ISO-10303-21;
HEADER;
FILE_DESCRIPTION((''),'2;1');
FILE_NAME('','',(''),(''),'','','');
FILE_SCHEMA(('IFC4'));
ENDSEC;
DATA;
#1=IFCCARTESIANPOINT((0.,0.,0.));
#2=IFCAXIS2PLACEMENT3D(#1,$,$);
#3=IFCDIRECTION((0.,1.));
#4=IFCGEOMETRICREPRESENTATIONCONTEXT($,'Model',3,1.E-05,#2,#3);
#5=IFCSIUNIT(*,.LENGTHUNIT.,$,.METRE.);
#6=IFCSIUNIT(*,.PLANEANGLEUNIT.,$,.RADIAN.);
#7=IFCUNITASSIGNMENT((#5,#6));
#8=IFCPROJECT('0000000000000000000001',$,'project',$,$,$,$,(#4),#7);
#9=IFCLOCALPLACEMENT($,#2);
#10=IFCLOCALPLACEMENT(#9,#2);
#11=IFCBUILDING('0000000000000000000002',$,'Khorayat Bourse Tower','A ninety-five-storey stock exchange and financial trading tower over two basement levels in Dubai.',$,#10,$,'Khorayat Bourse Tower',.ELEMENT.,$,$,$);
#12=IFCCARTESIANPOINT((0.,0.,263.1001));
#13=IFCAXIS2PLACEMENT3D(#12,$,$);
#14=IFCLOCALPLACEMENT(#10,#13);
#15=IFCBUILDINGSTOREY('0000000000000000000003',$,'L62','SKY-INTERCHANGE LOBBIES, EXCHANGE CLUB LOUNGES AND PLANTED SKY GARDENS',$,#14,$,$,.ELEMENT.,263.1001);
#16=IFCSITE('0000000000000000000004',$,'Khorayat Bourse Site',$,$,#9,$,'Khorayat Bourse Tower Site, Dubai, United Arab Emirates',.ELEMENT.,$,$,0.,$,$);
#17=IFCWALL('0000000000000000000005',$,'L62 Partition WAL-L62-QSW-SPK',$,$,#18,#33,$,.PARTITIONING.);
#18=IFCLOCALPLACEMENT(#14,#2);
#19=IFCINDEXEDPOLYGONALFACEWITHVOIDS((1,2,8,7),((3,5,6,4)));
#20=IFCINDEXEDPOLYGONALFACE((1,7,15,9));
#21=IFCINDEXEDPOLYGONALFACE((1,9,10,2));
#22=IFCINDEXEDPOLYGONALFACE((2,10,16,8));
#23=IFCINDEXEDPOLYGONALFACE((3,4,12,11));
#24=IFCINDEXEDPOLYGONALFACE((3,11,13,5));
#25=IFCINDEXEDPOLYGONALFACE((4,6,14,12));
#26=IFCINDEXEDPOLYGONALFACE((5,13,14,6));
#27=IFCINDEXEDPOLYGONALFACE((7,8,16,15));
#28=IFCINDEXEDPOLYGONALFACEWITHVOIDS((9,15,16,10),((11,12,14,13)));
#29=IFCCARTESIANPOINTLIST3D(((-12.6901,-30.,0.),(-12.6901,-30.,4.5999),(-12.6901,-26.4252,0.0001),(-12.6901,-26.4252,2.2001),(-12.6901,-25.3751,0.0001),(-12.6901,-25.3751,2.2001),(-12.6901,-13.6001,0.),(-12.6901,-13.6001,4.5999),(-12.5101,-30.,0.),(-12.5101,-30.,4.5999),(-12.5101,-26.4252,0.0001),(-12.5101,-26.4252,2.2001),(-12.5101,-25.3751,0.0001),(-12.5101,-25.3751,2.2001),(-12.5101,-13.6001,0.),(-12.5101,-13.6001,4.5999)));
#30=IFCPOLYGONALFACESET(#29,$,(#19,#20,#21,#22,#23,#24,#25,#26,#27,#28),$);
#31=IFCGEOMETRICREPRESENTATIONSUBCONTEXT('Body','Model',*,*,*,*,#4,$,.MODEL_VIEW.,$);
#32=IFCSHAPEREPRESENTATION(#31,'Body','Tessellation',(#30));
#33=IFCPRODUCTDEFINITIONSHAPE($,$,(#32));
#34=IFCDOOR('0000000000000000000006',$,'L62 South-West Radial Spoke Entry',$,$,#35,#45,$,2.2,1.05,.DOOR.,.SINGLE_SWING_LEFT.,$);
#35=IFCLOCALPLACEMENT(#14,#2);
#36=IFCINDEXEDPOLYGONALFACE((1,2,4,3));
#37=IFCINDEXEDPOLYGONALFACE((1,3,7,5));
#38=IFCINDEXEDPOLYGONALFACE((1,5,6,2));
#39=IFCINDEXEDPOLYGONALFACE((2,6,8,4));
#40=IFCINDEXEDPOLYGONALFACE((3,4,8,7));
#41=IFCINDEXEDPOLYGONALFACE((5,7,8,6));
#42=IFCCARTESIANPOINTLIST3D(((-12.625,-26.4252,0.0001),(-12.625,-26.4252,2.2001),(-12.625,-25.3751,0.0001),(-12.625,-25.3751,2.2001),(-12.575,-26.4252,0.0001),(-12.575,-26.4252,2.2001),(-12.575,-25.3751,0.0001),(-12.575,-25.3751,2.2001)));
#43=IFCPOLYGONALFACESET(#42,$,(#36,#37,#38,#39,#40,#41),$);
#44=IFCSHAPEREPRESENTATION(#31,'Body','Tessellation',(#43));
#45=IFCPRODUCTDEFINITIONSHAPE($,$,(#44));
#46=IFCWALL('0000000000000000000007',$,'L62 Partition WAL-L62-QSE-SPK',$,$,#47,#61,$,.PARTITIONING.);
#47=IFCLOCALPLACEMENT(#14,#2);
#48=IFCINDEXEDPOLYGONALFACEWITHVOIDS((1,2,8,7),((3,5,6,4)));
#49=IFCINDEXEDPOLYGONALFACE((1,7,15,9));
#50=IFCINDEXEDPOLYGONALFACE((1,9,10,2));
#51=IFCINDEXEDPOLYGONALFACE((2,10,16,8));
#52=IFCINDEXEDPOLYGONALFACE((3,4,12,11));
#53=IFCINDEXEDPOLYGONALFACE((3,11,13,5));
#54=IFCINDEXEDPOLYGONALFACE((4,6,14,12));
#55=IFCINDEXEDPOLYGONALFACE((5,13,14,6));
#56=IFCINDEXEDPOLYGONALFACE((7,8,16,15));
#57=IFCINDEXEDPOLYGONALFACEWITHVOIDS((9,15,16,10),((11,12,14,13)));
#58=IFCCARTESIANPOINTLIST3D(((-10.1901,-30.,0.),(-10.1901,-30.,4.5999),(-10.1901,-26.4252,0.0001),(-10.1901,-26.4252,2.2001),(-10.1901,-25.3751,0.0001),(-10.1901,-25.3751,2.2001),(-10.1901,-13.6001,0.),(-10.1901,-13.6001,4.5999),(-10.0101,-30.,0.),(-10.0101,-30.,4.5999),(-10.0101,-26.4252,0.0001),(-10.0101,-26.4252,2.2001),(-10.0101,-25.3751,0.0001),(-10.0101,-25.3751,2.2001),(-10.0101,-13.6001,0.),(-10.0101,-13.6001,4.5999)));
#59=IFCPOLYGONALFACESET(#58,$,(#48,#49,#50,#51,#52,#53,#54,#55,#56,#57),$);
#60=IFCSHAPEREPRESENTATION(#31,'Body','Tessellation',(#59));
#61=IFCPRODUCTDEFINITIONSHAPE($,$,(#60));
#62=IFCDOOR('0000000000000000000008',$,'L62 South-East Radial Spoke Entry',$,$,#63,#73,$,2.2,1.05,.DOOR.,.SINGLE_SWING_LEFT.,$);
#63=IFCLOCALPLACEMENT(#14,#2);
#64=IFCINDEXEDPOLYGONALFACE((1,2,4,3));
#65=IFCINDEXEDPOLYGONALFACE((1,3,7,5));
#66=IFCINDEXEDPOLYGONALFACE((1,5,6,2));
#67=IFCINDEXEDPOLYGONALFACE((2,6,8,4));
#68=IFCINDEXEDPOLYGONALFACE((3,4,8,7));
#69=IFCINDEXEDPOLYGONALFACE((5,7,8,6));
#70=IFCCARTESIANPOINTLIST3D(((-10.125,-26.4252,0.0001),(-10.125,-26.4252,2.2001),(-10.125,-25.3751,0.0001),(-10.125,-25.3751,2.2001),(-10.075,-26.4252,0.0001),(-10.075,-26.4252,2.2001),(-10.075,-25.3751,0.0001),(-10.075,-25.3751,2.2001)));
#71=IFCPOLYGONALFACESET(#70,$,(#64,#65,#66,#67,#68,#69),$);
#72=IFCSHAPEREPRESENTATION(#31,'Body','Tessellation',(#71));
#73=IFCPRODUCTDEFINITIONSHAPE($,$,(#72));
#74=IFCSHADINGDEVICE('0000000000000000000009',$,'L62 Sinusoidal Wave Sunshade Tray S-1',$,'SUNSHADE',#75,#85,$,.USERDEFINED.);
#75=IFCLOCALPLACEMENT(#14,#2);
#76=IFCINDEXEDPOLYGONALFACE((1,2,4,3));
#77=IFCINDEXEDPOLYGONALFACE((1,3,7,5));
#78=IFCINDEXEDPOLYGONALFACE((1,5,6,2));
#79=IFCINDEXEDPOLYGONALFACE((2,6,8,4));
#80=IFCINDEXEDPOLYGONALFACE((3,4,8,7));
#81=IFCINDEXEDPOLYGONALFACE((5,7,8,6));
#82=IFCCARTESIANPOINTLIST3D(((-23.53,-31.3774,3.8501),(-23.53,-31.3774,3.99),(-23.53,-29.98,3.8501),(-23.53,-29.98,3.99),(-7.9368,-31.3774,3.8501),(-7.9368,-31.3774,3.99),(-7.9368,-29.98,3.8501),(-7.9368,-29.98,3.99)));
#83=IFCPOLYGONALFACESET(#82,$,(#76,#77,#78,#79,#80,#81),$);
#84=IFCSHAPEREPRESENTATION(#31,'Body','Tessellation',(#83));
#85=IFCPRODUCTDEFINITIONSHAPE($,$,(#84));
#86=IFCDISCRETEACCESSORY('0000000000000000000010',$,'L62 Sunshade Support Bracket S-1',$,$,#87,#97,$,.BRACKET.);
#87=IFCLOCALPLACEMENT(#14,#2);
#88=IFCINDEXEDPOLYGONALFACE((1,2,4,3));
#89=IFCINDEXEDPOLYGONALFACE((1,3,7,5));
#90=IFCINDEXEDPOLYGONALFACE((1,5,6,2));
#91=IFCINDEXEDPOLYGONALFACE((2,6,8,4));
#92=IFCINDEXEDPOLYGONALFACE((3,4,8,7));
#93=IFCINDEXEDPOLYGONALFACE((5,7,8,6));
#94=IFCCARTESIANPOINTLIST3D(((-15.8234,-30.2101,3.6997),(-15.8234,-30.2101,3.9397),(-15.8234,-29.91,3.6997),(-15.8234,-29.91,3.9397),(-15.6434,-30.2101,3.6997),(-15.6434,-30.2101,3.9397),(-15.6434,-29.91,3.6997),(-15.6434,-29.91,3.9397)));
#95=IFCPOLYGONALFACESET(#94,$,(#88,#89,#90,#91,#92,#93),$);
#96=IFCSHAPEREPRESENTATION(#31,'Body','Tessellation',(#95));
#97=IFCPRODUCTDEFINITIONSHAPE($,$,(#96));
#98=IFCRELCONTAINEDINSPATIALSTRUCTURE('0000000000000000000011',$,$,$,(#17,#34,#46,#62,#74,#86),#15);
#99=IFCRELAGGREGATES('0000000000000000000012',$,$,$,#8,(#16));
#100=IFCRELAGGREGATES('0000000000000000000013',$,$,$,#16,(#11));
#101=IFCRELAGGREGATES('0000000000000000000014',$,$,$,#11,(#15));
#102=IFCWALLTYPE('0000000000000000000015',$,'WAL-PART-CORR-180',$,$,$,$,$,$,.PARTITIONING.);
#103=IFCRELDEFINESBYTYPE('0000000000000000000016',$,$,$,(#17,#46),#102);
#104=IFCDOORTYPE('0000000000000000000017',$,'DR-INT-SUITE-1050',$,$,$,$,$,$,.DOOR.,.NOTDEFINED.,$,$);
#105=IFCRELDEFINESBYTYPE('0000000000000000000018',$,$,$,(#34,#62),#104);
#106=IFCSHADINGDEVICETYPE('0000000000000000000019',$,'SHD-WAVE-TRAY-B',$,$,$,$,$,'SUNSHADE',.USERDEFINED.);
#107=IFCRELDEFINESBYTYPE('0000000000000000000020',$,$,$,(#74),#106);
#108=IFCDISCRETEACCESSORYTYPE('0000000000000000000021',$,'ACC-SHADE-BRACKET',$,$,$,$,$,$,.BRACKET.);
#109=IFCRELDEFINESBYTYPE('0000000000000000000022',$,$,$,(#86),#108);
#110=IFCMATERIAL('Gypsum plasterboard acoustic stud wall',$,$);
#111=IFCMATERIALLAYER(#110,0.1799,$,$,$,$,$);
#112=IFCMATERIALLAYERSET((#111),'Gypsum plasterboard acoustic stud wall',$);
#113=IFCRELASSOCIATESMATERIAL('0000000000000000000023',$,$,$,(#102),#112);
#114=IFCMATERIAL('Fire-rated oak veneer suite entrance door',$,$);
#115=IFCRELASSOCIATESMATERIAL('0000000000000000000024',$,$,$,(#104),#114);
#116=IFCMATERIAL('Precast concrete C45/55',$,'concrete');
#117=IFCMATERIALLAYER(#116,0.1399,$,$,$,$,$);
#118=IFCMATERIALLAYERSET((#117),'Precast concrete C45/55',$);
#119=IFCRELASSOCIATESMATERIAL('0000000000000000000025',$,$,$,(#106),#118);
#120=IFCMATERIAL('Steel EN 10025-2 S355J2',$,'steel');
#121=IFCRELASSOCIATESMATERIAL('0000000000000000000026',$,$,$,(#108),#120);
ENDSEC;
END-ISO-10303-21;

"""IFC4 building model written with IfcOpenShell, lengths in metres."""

from ifc_helpers import new_model, si_unit, direction, frame, frame_2d, origin, origin_2d, place, context, subcontext, project, spatial, rectangle, extrude, source, transform, mapped, material, layer, layer_set, type_object, element, fill, save


model = new_model("IFC4")

# Units and contexts
model_context = context("Model", 3, precision=1e-05, world=origin(), true_north=direction((0.0, 1.0)))
body_context = subcontext(model_context, "Body", "Model", "MODEL_VIEW")
ifc_project = project(units=[si_unit("LENGTHUNIT", "METRE"), si_unit("PLANEANGLEUNIT", "RADIAN")], contexts=[model_context])

# Site, building, storey
site_placement = place(None, origin())
site = spatial("IfcSite", under=ifc_project, at=site_placement, Name="Khorayat Bourse Site", LongName="Khorayat Bourse Tower Site, Dubai, United Arab Emirates", CompositionType="ELEMENT", RefElevation=0.0)
building_placement = place(site_placement, origin())
building = spatial("IfcBuilding", under=site, at=building_placement, Name="Khorayat Bourse Tower", Description="A ninety-five-storey stock exchange and financial trading tower over two basement levels in Dubai.", LongName="Khorayat Bourse Tower", CompositionType="ELEMENT")
storey_placement = place(building_placement, frame((0.0, 0.0, 263.1001)))
storey = spatial("IfcBuildingStorey", under=building, at=storey_placement, Name="L62", Description="SKY-INTERCHANGE LOBBIES, EXCHANGE CLUB LOUNGES AND PLANTED SKY GARDENS", CompositionType="ELEMENT", Elevation=263.1001)

# Shared definitions
ifc_material_1 = material(Name="Steel EN 10025-2 S355J2", Category="steel")

# Walls, openings, doors
ifc_material_2 = material(Name="Precast concrete C45/55", Category="concrete")
ifc_material_3 = material(Name="Gypsum plasterboard acoustic stud wall")
ifc_layer_1 = layer(ifc_material_3, 0.1799)
ifc_layer_set_1 = layer_set([ifc_layer_1], Name="Gypsum plasterboard acoustic stud wall")
wall_type_1 = type_object("IfcWallType", Name="WAL-PART-CORR-180", PredefinedType="PARTITIONING", material=ifc_layer_set_1)
shared_shape_1 = source(origin(), body_context, "Body", "SweptSolid", [
    extrude(rectangle(XDim=16.3999, YDim=0.1799, at=frame_2d((8.2, 0.0))), origin(), (0.0, 0.0, 1.0), 4.5999),
])
wall_1_placement = place(storey_placement, frame((-12.6001, -30.0, 0.0), z_axis=(0.0, 0.0, 1.0), x_axis=(0.0, 1.0, 0.0)))
wall_1 = element("IfcWall", 1, at=wall_1_placement, inside=storey, type_object=wall_type_1, Name="L62 Partition WAL-L62-QSW-SPK", PredefinedType="PARTITIONING", context=body_context, shape_type="MappedRepresentation", body=[
    mapped(shared_shape_1, transform((0.0, 0.0, 0.0), scale=1.0)),
])
shared_shape_2 = source(origin(), body_context, "Body", "SweptSolid", [
    extrude(rectangle(XDim=1.05, YDim=2.2, at=frame_2d((0.5249, 1.1001))), frame((0.0, 0.0999, 0.0), z_axis=(0.0, -1.0, 0.0), x_axis=(1.0, 0.0, 0.0)), (0.0, 0.0, 1.0), 0.2),
])
opening_1_placement = place(wall_1_placement, frame((3.575, 0.0, 0.0)))
opening_1 = element("IfcOpeningElement", 2, at=opening_1_placement, cuts=wall_1, PredefinedType="OPENING", context=body_context, shape_type="MappedRepresentation", body=[
    mapped(shared_shape_2, transform((0.0, 0.0, 0.0), scale=1.0)),
])
ifc_material_4 = material(Name="Fire-rated oak veneer suite entrance door")
door_type_1 = type_object("IfcDoorType", Name="DR-INT-SUITE-1050", OperationType="NOTDEFINED", PredefinedType="DOOR", material=ifc_material_4)
shared_shape_3 = source(origin(), body_context, "Body", "SweptSolid", [
    extrude(rectangle(XDim=1.05, YDim=2.2, at=frame_2d((0.5249, 1.1001))), frame((0.0, 0.0249, 0.0), z_axis=(0.0, -1.0, 0.0), x_axis=(1.0, 0.0, 0.0)), (0.0, 0.0, 1.0), 0.05),
])
door_1_placement = place(opening_1_placement, origin())
door_1 = element("IfcDoor", 3, at=door_1_placement, inside=storey, type_object=door_type_1, Name="L62 South-West Radial Spoke Entry", OperationType="SINGLE_SWING_LEFT", OverallHeight=2.2, OverallWidth=1.05, PredefinedType="DOOR", context=body_context, shape_type="MappedRepresentation", body=[
    mapped(shared_shape_3, transform((0.0, 0.0, 0.0), scale=1.0)),
])
fill(opening_1, door_1)
wall_2_placement = place(storey_placement, frame((-10.1001, -30.0, 0.0), z_axis=(0.0, 0.0, 1.0), x_axis=(0.0, 1.0, 0.0)))
wall_2 = element("IfcWall", 4, at=wall_2_placement, inside=storey, type_object=wall_type_1, Name="L62 Partition WAL-L62-QSE-SPK", PredefinedType="PARTITIONING", context=body_context, shape_type="MappedRepresentation", body=[
    mapped(shared_shape_1, transform((0.0, 0.0, 0.0), scale=1.0)),
])
opening_2_placement = place(wall_2_placement, frame((3.575, 0.0, 0.0)))
opening_2 = element("IfcOpeningElement", 5, at=opening_2_placement, cuts=wall_2, PredefinedType="OPENING", context=body_context, shape_type="MappedRepresentation", body=[
    mapped(shared_shape_2, transform((0.0, 0.0, 0.0), scale=1.0)),
])
door_2_placement = place(opening_2_placement, origin())
door_2 = element("IfcDoor", 6, at=door_2_placement, inside=storey, type_object=door_type_1, Name="L62 South-East Radial Spoke Entry", OperationType="SINGLE_SWING_LEFT", OverallHeight=2.2, OverallWidth=1.05, PredefinedType="DOOR", context=body_context, shape_type="MappedRepresentation", body=[
    mapped(shared_shape_3, transform((0.0, 0.0, 0.0), scale=1.0)),
])
fill(opening_2, door_2)

# Shading device
ifc_layer_2 = layer(ifc_material_2, 0.1399)
ifc_layer_set_2 = layer_set([ifc_layer_2], Name="Precast concrete C45/55")
shading_device_type = type_object("IfcShadingDeviceType", Name="SHD-WAVE-TRAY-B", ElementType="SUNSHADE", PredefinedType="USERDEFINED", material=ifc_layer_set_2)
shared_shape_4 = source(origin(), body_context, "Body", "SweptSolid", [
    extrude(rectangle(XDim=15.5933, YDim=1.3975, at=origin_2d()), origin(), (0.0, 0.0, 1.0), 0.1399),
])
shading_device_placement = place(storey_placement, frame((-15.7334, -30.6787, 3.8501), z_axis=(0.0, 0.0, 1.0), x_axis=(1.0, 0.0, 0.0)))
element("IfcShadingDevice", 7, at=shading_device_placement, inside=storey, type_object=shading_device_type, Name="L62 Sinusoidal Wave Sunshade Tray S-1", ObjectType="SUNSHADE", PredefinedType="USERDEFINED", context=body_context, shape_type="MappedRepresentation", body=[
    mapped(shared_shape_4, transform((0.0, 0.0, 0.0), scale=1.0)),
])

# Discrete accessory
discrete_accessory_type = type_object("IfcDiscreteAccessoryType", Name="ACC-SHADE-BRACKET", PredefinedType="BRACKET", material=ifc_material_1)
shared_shape_5 = source(origin(), body_context, "Body", "SweptSolid", [
    extrude(rectangle(XDim=0.1799, YDim=0.3, at=origin_2d()), origin(), (0.0, 0.0, 1.0), 0.24),
])
discrete_accessory_placement = place(storey_placement, frame((-15.7334, -30.0601, 3.6997), z_axis=(0.0, 0.0, 1.0), x_axis=(1.0, 0.0, 0.0)))
element("IfcDiscreteAccessory", 8, at=discrete_accessory_placement, inside=storey, type_object=discrete_accessory_type, Name="L62 Sunshade Support Bracket S-1", PredefinedType="BRACKET", context=body_context, shape_type="MappedRepresentation", body=[
    mapped(shared_shape_5, transform((0.0, 0.0, 0.0), scale=1.0)),
])

save(model, "model.ifc")
